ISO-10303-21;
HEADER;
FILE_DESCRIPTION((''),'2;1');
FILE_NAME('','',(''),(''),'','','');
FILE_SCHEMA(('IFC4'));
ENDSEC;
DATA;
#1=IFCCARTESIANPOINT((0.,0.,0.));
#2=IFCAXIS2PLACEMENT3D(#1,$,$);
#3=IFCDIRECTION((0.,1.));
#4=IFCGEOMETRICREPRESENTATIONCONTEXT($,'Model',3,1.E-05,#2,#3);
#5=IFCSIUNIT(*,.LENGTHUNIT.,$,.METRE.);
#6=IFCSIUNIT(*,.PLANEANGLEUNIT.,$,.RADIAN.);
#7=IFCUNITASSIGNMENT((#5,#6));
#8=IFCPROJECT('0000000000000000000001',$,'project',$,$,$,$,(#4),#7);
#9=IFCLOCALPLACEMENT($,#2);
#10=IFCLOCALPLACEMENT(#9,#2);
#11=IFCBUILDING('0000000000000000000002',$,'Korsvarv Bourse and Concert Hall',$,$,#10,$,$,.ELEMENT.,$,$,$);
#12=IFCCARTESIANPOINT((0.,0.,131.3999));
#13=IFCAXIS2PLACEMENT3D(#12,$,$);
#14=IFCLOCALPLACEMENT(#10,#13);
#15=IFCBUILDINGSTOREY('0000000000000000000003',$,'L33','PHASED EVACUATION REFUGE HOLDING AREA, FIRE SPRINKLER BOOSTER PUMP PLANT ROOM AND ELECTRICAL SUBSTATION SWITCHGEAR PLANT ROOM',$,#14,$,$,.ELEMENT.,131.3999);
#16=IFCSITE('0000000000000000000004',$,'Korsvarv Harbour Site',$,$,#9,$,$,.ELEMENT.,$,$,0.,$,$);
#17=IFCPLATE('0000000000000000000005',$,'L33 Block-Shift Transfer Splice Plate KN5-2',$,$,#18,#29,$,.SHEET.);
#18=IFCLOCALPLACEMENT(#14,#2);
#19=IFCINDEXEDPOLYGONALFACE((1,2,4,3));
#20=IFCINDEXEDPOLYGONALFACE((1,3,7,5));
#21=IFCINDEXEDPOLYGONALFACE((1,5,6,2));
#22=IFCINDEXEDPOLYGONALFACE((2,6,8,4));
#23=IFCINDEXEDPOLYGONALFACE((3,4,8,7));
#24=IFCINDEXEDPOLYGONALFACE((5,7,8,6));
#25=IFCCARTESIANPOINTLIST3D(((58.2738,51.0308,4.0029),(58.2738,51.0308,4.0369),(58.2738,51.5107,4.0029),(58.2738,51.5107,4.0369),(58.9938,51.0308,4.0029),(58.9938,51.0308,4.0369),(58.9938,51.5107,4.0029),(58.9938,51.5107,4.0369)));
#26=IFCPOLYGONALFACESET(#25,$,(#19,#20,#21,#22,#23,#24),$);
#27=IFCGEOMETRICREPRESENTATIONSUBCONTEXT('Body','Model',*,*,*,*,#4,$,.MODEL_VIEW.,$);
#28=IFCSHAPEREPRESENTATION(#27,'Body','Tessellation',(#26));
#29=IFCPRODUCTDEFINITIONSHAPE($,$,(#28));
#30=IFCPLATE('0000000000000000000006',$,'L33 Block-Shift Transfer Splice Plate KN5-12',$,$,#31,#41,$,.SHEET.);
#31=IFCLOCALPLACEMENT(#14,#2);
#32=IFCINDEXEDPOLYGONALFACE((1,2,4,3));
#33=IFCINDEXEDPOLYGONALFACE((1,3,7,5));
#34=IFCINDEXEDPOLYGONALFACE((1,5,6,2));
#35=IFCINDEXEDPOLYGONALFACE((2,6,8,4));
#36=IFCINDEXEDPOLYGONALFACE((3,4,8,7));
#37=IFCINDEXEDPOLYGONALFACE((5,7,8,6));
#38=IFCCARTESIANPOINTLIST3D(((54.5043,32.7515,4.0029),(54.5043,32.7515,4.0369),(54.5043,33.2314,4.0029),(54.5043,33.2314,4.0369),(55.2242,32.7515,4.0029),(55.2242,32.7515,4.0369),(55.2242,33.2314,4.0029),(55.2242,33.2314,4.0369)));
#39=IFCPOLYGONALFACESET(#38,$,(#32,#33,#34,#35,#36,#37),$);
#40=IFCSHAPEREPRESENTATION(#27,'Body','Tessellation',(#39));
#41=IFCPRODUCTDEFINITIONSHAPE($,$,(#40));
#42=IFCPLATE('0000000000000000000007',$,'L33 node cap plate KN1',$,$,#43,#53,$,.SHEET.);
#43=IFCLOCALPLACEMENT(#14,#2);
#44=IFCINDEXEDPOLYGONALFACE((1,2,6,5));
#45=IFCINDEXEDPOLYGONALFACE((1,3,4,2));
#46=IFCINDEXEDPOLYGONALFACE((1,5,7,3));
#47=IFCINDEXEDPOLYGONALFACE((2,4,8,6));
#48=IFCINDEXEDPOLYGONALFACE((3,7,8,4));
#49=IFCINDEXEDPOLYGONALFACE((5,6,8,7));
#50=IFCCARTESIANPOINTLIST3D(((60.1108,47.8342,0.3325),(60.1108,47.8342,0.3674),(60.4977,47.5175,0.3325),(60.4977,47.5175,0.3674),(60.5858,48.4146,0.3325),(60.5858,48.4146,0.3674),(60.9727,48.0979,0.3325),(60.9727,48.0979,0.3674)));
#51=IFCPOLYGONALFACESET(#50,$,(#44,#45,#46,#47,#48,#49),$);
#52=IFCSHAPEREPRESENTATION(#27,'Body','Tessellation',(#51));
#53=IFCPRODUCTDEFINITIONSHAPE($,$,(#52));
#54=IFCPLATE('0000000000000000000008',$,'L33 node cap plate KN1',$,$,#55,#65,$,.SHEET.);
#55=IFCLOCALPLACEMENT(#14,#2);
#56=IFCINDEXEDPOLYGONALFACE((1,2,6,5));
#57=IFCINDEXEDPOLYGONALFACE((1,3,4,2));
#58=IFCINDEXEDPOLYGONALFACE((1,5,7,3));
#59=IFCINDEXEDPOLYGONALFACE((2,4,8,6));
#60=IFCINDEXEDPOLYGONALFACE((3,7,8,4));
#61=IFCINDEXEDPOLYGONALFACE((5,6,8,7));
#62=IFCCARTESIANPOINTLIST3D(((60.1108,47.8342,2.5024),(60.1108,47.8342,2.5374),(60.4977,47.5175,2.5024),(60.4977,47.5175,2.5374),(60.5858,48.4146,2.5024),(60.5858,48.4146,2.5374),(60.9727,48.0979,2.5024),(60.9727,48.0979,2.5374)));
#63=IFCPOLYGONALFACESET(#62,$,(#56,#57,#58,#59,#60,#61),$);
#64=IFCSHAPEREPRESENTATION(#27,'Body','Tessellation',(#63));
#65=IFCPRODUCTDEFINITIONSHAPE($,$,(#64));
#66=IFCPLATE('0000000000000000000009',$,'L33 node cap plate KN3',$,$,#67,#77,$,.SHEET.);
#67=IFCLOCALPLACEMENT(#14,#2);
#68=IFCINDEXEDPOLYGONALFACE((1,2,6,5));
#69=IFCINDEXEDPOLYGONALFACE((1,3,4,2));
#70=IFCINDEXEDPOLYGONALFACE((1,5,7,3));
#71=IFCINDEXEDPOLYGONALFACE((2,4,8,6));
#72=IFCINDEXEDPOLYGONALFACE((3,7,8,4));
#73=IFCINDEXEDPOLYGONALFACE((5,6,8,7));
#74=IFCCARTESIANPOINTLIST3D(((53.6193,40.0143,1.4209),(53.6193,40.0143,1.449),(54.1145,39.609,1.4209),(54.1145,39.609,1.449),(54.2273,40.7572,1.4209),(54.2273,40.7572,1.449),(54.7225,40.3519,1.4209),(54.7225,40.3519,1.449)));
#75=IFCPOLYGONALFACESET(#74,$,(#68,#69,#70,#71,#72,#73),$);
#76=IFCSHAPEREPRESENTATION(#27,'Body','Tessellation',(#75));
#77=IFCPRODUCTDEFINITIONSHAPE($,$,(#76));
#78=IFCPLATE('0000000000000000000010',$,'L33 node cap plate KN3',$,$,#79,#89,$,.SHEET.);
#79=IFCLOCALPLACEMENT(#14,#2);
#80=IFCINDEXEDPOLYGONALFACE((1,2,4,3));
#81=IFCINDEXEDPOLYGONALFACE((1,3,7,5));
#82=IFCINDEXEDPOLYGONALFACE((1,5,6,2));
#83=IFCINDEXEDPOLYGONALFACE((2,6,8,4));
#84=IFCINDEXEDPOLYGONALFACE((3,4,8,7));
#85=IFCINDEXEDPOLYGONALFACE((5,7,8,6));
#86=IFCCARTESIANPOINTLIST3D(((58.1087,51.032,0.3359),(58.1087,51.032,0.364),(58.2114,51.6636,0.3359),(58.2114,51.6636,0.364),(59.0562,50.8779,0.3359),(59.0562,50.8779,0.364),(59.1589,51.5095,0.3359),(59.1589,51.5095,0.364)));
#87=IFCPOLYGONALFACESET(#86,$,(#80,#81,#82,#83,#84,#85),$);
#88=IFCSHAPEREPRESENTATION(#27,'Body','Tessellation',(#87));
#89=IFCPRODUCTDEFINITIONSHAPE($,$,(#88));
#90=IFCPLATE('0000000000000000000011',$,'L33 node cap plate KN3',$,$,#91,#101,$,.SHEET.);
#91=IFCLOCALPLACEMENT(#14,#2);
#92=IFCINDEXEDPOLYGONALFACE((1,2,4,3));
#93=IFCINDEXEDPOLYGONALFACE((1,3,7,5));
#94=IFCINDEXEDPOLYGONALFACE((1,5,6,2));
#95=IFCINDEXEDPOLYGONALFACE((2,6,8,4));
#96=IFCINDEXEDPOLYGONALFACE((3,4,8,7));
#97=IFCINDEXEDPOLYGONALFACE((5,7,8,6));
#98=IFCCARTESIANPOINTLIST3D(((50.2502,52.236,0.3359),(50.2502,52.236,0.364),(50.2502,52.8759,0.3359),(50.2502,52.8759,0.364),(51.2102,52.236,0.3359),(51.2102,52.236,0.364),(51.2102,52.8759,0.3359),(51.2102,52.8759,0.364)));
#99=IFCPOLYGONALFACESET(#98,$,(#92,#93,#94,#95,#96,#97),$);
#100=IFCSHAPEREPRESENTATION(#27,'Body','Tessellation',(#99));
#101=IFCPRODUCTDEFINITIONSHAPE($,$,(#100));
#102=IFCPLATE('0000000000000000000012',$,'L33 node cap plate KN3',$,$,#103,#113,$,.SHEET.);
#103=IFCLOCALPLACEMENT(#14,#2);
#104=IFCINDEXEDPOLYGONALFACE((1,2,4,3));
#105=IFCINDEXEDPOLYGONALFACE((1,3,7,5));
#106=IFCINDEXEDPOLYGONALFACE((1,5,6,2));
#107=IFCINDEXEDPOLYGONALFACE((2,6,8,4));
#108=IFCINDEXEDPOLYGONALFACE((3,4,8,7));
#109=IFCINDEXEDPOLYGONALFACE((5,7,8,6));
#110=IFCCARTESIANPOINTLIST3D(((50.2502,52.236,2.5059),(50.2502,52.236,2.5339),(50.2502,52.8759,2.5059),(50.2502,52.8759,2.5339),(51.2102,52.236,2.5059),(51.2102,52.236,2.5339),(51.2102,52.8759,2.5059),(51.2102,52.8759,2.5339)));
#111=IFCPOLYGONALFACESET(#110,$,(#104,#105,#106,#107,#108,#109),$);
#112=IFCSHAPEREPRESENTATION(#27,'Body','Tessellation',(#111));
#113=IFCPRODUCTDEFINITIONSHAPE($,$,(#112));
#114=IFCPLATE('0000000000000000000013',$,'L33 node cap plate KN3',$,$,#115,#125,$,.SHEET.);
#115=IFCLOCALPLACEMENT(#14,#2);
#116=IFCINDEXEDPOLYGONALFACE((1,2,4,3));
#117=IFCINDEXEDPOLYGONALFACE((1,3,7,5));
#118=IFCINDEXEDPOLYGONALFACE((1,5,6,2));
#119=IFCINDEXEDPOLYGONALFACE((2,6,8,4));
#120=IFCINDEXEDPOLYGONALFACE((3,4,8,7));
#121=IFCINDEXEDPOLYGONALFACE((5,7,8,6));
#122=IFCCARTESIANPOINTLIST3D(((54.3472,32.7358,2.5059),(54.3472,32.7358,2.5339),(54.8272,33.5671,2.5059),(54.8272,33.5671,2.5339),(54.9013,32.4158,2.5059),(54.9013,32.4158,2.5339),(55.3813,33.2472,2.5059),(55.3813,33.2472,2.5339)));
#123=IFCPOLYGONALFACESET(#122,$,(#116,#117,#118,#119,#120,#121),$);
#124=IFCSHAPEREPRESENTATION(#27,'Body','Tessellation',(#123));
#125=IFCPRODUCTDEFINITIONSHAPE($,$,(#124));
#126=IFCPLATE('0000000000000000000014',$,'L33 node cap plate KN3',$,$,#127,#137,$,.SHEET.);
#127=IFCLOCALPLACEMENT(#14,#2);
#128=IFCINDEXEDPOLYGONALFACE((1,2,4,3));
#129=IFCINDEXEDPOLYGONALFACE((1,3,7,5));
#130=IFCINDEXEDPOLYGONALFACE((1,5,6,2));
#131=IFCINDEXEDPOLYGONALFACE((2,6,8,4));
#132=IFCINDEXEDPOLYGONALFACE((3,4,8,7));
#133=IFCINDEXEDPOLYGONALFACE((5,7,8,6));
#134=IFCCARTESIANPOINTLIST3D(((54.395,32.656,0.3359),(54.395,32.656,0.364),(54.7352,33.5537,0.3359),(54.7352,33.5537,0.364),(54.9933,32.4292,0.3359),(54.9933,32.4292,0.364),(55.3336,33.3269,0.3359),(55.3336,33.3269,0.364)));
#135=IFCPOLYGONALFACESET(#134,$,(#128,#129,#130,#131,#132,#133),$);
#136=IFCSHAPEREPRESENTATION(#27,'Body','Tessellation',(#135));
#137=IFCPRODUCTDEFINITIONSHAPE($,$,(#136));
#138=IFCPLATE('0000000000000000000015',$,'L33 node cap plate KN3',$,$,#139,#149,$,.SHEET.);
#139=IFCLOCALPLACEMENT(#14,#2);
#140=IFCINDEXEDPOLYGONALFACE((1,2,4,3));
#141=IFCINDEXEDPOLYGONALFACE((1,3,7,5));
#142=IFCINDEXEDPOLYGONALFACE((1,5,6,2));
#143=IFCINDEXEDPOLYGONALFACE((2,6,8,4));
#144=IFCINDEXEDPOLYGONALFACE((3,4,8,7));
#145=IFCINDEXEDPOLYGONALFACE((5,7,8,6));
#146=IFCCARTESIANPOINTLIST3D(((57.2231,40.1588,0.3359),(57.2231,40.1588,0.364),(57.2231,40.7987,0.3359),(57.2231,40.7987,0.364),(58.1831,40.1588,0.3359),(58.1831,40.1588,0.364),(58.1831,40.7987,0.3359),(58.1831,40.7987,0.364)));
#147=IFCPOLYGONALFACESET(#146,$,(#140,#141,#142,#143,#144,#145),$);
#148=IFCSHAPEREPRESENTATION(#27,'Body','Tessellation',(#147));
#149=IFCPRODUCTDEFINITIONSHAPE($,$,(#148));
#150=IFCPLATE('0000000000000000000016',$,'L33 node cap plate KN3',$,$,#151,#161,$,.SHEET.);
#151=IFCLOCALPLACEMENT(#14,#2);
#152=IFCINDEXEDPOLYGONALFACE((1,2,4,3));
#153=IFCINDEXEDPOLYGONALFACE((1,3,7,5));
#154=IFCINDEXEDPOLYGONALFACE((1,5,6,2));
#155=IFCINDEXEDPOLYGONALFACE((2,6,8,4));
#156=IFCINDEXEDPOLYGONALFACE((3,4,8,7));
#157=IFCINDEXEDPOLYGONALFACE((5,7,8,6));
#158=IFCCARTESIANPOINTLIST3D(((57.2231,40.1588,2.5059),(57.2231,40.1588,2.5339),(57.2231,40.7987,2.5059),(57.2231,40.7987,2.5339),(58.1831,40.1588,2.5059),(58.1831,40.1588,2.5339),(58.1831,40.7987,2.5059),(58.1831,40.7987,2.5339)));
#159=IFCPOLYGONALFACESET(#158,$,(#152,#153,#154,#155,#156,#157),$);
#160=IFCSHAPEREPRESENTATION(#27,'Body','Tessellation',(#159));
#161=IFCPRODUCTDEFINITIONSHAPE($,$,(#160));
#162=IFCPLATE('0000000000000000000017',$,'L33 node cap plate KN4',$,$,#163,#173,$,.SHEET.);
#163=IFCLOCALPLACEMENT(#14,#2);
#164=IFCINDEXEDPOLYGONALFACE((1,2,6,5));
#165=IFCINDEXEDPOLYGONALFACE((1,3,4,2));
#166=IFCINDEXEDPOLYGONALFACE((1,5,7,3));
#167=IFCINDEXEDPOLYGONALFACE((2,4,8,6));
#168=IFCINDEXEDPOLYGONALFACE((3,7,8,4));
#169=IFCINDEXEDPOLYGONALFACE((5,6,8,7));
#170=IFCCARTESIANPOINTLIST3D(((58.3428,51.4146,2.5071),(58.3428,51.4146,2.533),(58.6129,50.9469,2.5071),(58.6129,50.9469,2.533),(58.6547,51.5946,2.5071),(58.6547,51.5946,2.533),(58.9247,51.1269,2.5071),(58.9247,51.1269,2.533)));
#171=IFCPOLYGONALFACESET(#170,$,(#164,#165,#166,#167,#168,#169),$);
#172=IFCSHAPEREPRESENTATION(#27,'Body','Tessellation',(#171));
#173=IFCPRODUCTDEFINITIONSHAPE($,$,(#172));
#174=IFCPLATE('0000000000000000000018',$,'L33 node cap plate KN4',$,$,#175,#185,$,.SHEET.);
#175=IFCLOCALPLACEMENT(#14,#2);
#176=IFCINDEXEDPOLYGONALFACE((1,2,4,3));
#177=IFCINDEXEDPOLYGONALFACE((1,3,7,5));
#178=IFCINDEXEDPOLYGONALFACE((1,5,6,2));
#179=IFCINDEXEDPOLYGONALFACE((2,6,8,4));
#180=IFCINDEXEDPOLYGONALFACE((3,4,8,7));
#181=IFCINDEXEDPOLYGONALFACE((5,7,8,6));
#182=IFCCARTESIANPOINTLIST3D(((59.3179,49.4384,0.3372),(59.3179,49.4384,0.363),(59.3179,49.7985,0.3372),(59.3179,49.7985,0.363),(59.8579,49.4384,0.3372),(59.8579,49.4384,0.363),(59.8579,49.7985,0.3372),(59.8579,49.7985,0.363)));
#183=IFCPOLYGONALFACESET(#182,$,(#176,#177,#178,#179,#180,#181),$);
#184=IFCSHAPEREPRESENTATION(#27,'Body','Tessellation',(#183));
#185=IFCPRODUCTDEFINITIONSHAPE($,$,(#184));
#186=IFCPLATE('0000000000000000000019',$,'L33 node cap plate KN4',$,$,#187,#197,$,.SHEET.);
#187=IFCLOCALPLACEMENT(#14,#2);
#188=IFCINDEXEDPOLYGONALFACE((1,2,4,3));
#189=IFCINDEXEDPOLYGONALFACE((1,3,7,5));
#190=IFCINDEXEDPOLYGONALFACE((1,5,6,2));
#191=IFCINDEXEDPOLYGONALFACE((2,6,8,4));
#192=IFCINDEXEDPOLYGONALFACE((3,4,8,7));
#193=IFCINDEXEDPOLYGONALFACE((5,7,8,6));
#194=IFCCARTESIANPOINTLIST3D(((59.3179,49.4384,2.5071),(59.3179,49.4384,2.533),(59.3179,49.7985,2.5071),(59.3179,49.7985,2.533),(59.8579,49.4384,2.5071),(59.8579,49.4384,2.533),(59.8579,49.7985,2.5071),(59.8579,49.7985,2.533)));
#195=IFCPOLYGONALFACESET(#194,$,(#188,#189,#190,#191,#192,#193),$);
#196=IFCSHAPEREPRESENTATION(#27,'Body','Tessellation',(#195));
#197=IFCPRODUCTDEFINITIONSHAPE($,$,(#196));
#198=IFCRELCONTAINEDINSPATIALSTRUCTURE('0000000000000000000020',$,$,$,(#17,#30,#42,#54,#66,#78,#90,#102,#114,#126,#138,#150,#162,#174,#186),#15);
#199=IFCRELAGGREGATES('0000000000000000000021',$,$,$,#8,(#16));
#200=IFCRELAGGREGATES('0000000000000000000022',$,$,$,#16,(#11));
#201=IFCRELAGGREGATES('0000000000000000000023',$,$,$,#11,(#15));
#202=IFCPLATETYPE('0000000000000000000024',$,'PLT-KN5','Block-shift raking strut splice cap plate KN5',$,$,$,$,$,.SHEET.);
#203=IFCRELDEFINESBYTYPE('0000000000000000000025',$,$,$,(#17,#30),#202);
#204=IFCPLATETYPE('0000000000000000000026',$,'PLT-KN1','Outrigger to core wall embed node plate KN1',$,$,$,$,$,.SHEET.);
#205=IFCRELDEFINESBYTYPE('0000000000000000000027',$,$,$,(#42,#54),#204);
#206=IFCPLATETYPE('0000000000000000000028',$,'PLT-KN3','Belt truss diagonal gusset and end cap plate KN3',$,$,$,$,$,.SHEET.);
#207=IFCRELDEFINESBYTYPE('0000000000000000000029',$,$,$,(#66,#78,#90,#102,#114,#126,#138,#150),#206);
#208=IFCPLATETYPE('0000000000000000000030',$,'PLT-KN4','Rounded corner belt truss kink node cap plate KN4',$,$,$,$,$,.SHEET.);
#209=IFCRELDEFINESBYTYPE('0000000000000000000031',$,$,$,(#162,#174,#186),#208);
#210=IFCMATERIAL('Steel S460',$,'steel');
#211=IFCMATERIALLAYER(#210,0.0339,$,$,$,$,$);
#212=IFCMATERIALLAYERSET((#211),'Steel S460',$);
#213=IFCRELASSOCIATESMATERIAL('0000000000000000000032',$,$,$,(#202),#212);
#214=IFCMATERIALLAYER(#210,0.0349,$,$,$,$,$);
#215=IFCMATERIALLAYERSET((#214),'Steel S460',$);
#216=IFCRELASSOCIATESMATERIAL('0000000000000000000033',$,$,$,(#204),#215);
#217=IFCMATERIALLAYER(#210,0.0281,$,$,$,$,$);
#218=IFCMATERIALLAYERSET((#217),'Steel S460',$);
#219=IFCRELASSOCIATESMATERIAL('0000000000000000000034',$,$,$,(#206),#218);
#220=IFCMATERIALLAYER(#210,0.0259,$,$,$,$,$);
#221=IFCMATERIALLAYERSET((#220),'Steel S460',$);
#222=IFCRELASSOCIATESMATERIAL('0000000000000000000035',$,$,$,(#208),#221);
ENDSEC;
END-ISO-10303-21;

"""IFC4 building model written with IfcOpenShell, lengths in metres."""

from ifc_helpers import new_model, si_unit, direction, frame, origin, origin_2d, place, context, subcontext, project, spatial, rectangle, extrude, source, transform, mapped, material, layer, layer_set, type_object, element, save


model = new_model("IFC4")

# Units and contexts
model_context = context("Model", 3, precision=1e-05, world=origin(), true_north=direction((0.0, 1.0)))
body_context = subcontext(model_context, "Body", "Model", "MODEL_VIEW")
ifc_project = project(units=[si_unit("LENGTHUNIT", "METRE"), si_unit("PLANEANGLEUNIT", "RADIAN")], contexts=[model_context])

# Site, building, storey
site_placement = place(None, origin())
site = spatial("IfcSite", under=ifc_project, at=site_placement, Name="Korsvarv Harbour Site", CompositionType="ELEMENT", RefElevation=0.0)
building_placement = place(site_placement, origin())
building = spatial("IfcBuilding", under=site, at=building_placement, Name="Korsvarv Bourse and Concert Hall", CompositionType="ELEMENT")
storey_placement = place(building_placement, frame((0.0, 0.0, 131.3999)))
storey = spatial("IfcBuildingStorey", under=building, at=storey_placement, Name="L33", Description="PHASED EVACUATION REFUGE HOLDING AREA, FIRE SPRINKLER BOOSTER PUMP PLANT ROOM AND ELECTRICAL SUBSTATION SWITCHGEAR PLANT ROOM", CompositionType="ELEMENT", Elevation=131.3999)

# Shared definitions
ifc_material_1 = material(Name="Steel S460", Category="steel")

# Plates
ifc_layer_1 = layer(ifc_material_1, 0.0339)
ifc_layer_set_1 = layer_set([ifc_layer_1], Name="Steel S460")
plate_type_1 = type_object("IfcPlateType", Name="PLT-KN5", Description="Block-shift raking strut splice cap plate KN5", PredefinedType="SHEET", material=ifc_layer_set_1)
shared_shape_1 = source(origin(), body_context, "Body", "SweptSolid", [
    extrude(rectangle(XDim=0.72, YDim=0.48, at=origin_2d()), origin(), (0.0, 0.0, 1.0), 0.0339),
])
for number, where, z_axis, x_axis, name in (
    (1, (58.6338, 51.2708, 4.0029), (0.0, 0.0, 1.0), (1.0, 0.0, 0.0), "L33 Block-Shift Transfer Splice Plate KN5-2"),
    (2, (54.8643, 32.9915, 4.0029), (0.0, 0.0, 1.0), (1.0, 0.0, 0.0), "L33 Block-Shift Transfer Splice Plate KN5-12"),
):
    element("IfcPlate", number, at=place(storey_placement, frame(where, z_axis=z_axis, x_axis=x_axis)), inside=storey, type_object=plate_type_1, Name=name, PredefinedType="SHEET", context=body_context, shape_type="MappedRepresentation", body=[
        mapped(shared_shape_1, transform((0.0, 0.0, 0.0), scale=1.0)),
    ])
ifc_layer_2 = layer(ifc_material_1, 0.0349)
ifc_layer_set_2 = layer_set([ifc_layer_2], Name="Steel S460")
plate_type_2 = type_object("IfcPlateType", Name="PLT-KN1", Description="Outrigger to core wall embed node plate KN1", PredefinedType="SHEET", material=ifc_layer_set_2)
shared_shape_2 = source(origin(), body_context, "Body", "SweptSolid", [
    extrude(rectangle(XDim=0.75, YDim=0.5, at=origin_2d()), origin(), (0.0, 0.0, 1.0), 0.0349),
])
for number, where, z_axis, x_axis, name in (
    (3, (60.5417, 47.9661, 0.3325), (0.0, 0.0, 1.0), (0.633381, 0.77384, 0.0), "L33 node cap plate KN1"),
    (4, (60.5417, 47.9661, 2.5024), (0.0, 0.0, 1.0), (0.633381, 0.77384, 0.0), "L33 node cap plate KN1"),
):
    element("IfcPlate", number, at=place(storey_placement, frame(where, z_axis=z_axis, x_axis=x_axis)), inside=storey, type_object=plate_type_2, Name=name, PredefinedType="SHEET", context=body_context, shape_type="MappedRepresentation", body=[
        mapped(shared_shape_2, transform((0.0, 0.0, 0.0), scale=1.0)),
    ])
ifc_layer_3 = layer(ifc_material_1, 0.0281)
ifc_layer_set_3 = layer_set([ifc_layer_3], Name="Steel S460")
plate_type_3 = type_object("IfcPlateType", Name="PLT-KN3", Description="Belt truss diagonal gusset and end cap plate KN3", PredefinedType="SHEET", material=ifc_layer_set_3)
shared_shape_3 = source(origin(), body_context, "Body", "SweptSolid", [
    extrude(rectangle(XDim=0.96, YDim=0.6399, at=origin_2d()), origin(), (0.0, 0.0, 1.0), 0.0281),
])
for number, where, z_axis, x_axis, name in (
    (5, (54.1709, 40.1831, 1.4209), (0.0, 0.0, 1.0), (0.633381, 0.77384, 0.0), "L33 node cap plate KN3"),
    (6, (58.6338, 51.2708, 0.3359), (0.0, 0.0, 1.0), (-0.987024, 0.16057, 0.0), "L33 node cap plate KN3"),
    (7, (50.7302, 52.5559, 0.3359), (0.0, 0.0, 1.0), (1.0, 0.0, 0.0), "L33 node cap plate KN3"),
    (8, (50.7302, 52.5559, 2.5059), (0.0, 0.0, 1.0), (1.0, 0.0, 0.0), "L33 node cap plate KN3"),
    (9, (54.8643, 32.9915, 2.5059), (0.0, 0.0, 1.0), (0.5, 0.866025, 0.0), "L33 node cap plate KN3"),
    (10, (54.8643, 32.9915, 0.3359), (0.0, 0.0, 1.0), (0.354454, 0.935073, 0.0), "L33 node cap plate KN3"),
    (11, (57.7031, 40.4788, 0.3359), (0.0, 0.0, 1.0), (1.0, 0.0, 0.0), "L33 node cap plate KN3"),
    (12, (57.7031, 40.4788, 2.5059), (0.0, 0.0, 1.0), (1.0, 0.0, 0.0), "L33 node cap plate KN3"),
):
    element("IfcPlate", number, at=place(storey_placement, frame(where, z_axis=z_axis, x_axis=x_axis)), inside=storey, type_object=plate_type_3, Name=name, PredefinedType="SHEET", context=body_context, shape_type="MappedRepresentation", body=[
        mapped(shared_shape_3, transform((0.0, 0.0, 0.0), scale=1.0)),
    ])
ifc_layer_4 = layer(ifc_material_1, 0.0259)
ifc_layer_set_4 = layer_set([ifc_layer_4], Name="Steel S460")
plate_type_4 = type_object("IfcPlateType", Name="PLT-KN4", Description="Rounded corner belt truss kink node cap plate KN4", PredefinedType="SHEET", material=ifc_layer_set_4)
shared_shape_4 = source(origin(), body_context, "Body", "SweptSolid", [
    extrude(rectangle(XDim=0.54, YDim=0.3601, at=origin_2d()), origin(), (0.0, 0.0, 1.0), 0.0259),
])
for number, where, z_axis, x_axis, name in (
    (13, (58.6338, 51.2708, 2.5071), (0.0, 0.0, 1.0), (-0.5, 0.866025, 0.0), "L33 node cap plate KN4"),
    (14, (59.5879, 49.6184, 0.3372), (0.0, 0.0, 1.0), (1.0, 0.0, 0.0), "L33 node cap plate KN4"),
    (15, (59.5879, 49.6184, 2.5071), (0.0, 0.0, 1.0), (1.0, 0.0, 0.0), "L33 node cap plate KN4"),
):
    element("IfcPlate", number, at=place(storey_placement, frame(where, z_axis=z_axis, x_axis=x_axis)), inside=storey, type_object=plate_type_4, Name=name, PredefinedType="SHEET", context=body_context, shape_type="MappedRepresentation", body=[
        mapped(shared_shape_4, transform((0.0, 0.0, 0.0), scale=1.0)),
    ])

save(model, "model.ifc")
